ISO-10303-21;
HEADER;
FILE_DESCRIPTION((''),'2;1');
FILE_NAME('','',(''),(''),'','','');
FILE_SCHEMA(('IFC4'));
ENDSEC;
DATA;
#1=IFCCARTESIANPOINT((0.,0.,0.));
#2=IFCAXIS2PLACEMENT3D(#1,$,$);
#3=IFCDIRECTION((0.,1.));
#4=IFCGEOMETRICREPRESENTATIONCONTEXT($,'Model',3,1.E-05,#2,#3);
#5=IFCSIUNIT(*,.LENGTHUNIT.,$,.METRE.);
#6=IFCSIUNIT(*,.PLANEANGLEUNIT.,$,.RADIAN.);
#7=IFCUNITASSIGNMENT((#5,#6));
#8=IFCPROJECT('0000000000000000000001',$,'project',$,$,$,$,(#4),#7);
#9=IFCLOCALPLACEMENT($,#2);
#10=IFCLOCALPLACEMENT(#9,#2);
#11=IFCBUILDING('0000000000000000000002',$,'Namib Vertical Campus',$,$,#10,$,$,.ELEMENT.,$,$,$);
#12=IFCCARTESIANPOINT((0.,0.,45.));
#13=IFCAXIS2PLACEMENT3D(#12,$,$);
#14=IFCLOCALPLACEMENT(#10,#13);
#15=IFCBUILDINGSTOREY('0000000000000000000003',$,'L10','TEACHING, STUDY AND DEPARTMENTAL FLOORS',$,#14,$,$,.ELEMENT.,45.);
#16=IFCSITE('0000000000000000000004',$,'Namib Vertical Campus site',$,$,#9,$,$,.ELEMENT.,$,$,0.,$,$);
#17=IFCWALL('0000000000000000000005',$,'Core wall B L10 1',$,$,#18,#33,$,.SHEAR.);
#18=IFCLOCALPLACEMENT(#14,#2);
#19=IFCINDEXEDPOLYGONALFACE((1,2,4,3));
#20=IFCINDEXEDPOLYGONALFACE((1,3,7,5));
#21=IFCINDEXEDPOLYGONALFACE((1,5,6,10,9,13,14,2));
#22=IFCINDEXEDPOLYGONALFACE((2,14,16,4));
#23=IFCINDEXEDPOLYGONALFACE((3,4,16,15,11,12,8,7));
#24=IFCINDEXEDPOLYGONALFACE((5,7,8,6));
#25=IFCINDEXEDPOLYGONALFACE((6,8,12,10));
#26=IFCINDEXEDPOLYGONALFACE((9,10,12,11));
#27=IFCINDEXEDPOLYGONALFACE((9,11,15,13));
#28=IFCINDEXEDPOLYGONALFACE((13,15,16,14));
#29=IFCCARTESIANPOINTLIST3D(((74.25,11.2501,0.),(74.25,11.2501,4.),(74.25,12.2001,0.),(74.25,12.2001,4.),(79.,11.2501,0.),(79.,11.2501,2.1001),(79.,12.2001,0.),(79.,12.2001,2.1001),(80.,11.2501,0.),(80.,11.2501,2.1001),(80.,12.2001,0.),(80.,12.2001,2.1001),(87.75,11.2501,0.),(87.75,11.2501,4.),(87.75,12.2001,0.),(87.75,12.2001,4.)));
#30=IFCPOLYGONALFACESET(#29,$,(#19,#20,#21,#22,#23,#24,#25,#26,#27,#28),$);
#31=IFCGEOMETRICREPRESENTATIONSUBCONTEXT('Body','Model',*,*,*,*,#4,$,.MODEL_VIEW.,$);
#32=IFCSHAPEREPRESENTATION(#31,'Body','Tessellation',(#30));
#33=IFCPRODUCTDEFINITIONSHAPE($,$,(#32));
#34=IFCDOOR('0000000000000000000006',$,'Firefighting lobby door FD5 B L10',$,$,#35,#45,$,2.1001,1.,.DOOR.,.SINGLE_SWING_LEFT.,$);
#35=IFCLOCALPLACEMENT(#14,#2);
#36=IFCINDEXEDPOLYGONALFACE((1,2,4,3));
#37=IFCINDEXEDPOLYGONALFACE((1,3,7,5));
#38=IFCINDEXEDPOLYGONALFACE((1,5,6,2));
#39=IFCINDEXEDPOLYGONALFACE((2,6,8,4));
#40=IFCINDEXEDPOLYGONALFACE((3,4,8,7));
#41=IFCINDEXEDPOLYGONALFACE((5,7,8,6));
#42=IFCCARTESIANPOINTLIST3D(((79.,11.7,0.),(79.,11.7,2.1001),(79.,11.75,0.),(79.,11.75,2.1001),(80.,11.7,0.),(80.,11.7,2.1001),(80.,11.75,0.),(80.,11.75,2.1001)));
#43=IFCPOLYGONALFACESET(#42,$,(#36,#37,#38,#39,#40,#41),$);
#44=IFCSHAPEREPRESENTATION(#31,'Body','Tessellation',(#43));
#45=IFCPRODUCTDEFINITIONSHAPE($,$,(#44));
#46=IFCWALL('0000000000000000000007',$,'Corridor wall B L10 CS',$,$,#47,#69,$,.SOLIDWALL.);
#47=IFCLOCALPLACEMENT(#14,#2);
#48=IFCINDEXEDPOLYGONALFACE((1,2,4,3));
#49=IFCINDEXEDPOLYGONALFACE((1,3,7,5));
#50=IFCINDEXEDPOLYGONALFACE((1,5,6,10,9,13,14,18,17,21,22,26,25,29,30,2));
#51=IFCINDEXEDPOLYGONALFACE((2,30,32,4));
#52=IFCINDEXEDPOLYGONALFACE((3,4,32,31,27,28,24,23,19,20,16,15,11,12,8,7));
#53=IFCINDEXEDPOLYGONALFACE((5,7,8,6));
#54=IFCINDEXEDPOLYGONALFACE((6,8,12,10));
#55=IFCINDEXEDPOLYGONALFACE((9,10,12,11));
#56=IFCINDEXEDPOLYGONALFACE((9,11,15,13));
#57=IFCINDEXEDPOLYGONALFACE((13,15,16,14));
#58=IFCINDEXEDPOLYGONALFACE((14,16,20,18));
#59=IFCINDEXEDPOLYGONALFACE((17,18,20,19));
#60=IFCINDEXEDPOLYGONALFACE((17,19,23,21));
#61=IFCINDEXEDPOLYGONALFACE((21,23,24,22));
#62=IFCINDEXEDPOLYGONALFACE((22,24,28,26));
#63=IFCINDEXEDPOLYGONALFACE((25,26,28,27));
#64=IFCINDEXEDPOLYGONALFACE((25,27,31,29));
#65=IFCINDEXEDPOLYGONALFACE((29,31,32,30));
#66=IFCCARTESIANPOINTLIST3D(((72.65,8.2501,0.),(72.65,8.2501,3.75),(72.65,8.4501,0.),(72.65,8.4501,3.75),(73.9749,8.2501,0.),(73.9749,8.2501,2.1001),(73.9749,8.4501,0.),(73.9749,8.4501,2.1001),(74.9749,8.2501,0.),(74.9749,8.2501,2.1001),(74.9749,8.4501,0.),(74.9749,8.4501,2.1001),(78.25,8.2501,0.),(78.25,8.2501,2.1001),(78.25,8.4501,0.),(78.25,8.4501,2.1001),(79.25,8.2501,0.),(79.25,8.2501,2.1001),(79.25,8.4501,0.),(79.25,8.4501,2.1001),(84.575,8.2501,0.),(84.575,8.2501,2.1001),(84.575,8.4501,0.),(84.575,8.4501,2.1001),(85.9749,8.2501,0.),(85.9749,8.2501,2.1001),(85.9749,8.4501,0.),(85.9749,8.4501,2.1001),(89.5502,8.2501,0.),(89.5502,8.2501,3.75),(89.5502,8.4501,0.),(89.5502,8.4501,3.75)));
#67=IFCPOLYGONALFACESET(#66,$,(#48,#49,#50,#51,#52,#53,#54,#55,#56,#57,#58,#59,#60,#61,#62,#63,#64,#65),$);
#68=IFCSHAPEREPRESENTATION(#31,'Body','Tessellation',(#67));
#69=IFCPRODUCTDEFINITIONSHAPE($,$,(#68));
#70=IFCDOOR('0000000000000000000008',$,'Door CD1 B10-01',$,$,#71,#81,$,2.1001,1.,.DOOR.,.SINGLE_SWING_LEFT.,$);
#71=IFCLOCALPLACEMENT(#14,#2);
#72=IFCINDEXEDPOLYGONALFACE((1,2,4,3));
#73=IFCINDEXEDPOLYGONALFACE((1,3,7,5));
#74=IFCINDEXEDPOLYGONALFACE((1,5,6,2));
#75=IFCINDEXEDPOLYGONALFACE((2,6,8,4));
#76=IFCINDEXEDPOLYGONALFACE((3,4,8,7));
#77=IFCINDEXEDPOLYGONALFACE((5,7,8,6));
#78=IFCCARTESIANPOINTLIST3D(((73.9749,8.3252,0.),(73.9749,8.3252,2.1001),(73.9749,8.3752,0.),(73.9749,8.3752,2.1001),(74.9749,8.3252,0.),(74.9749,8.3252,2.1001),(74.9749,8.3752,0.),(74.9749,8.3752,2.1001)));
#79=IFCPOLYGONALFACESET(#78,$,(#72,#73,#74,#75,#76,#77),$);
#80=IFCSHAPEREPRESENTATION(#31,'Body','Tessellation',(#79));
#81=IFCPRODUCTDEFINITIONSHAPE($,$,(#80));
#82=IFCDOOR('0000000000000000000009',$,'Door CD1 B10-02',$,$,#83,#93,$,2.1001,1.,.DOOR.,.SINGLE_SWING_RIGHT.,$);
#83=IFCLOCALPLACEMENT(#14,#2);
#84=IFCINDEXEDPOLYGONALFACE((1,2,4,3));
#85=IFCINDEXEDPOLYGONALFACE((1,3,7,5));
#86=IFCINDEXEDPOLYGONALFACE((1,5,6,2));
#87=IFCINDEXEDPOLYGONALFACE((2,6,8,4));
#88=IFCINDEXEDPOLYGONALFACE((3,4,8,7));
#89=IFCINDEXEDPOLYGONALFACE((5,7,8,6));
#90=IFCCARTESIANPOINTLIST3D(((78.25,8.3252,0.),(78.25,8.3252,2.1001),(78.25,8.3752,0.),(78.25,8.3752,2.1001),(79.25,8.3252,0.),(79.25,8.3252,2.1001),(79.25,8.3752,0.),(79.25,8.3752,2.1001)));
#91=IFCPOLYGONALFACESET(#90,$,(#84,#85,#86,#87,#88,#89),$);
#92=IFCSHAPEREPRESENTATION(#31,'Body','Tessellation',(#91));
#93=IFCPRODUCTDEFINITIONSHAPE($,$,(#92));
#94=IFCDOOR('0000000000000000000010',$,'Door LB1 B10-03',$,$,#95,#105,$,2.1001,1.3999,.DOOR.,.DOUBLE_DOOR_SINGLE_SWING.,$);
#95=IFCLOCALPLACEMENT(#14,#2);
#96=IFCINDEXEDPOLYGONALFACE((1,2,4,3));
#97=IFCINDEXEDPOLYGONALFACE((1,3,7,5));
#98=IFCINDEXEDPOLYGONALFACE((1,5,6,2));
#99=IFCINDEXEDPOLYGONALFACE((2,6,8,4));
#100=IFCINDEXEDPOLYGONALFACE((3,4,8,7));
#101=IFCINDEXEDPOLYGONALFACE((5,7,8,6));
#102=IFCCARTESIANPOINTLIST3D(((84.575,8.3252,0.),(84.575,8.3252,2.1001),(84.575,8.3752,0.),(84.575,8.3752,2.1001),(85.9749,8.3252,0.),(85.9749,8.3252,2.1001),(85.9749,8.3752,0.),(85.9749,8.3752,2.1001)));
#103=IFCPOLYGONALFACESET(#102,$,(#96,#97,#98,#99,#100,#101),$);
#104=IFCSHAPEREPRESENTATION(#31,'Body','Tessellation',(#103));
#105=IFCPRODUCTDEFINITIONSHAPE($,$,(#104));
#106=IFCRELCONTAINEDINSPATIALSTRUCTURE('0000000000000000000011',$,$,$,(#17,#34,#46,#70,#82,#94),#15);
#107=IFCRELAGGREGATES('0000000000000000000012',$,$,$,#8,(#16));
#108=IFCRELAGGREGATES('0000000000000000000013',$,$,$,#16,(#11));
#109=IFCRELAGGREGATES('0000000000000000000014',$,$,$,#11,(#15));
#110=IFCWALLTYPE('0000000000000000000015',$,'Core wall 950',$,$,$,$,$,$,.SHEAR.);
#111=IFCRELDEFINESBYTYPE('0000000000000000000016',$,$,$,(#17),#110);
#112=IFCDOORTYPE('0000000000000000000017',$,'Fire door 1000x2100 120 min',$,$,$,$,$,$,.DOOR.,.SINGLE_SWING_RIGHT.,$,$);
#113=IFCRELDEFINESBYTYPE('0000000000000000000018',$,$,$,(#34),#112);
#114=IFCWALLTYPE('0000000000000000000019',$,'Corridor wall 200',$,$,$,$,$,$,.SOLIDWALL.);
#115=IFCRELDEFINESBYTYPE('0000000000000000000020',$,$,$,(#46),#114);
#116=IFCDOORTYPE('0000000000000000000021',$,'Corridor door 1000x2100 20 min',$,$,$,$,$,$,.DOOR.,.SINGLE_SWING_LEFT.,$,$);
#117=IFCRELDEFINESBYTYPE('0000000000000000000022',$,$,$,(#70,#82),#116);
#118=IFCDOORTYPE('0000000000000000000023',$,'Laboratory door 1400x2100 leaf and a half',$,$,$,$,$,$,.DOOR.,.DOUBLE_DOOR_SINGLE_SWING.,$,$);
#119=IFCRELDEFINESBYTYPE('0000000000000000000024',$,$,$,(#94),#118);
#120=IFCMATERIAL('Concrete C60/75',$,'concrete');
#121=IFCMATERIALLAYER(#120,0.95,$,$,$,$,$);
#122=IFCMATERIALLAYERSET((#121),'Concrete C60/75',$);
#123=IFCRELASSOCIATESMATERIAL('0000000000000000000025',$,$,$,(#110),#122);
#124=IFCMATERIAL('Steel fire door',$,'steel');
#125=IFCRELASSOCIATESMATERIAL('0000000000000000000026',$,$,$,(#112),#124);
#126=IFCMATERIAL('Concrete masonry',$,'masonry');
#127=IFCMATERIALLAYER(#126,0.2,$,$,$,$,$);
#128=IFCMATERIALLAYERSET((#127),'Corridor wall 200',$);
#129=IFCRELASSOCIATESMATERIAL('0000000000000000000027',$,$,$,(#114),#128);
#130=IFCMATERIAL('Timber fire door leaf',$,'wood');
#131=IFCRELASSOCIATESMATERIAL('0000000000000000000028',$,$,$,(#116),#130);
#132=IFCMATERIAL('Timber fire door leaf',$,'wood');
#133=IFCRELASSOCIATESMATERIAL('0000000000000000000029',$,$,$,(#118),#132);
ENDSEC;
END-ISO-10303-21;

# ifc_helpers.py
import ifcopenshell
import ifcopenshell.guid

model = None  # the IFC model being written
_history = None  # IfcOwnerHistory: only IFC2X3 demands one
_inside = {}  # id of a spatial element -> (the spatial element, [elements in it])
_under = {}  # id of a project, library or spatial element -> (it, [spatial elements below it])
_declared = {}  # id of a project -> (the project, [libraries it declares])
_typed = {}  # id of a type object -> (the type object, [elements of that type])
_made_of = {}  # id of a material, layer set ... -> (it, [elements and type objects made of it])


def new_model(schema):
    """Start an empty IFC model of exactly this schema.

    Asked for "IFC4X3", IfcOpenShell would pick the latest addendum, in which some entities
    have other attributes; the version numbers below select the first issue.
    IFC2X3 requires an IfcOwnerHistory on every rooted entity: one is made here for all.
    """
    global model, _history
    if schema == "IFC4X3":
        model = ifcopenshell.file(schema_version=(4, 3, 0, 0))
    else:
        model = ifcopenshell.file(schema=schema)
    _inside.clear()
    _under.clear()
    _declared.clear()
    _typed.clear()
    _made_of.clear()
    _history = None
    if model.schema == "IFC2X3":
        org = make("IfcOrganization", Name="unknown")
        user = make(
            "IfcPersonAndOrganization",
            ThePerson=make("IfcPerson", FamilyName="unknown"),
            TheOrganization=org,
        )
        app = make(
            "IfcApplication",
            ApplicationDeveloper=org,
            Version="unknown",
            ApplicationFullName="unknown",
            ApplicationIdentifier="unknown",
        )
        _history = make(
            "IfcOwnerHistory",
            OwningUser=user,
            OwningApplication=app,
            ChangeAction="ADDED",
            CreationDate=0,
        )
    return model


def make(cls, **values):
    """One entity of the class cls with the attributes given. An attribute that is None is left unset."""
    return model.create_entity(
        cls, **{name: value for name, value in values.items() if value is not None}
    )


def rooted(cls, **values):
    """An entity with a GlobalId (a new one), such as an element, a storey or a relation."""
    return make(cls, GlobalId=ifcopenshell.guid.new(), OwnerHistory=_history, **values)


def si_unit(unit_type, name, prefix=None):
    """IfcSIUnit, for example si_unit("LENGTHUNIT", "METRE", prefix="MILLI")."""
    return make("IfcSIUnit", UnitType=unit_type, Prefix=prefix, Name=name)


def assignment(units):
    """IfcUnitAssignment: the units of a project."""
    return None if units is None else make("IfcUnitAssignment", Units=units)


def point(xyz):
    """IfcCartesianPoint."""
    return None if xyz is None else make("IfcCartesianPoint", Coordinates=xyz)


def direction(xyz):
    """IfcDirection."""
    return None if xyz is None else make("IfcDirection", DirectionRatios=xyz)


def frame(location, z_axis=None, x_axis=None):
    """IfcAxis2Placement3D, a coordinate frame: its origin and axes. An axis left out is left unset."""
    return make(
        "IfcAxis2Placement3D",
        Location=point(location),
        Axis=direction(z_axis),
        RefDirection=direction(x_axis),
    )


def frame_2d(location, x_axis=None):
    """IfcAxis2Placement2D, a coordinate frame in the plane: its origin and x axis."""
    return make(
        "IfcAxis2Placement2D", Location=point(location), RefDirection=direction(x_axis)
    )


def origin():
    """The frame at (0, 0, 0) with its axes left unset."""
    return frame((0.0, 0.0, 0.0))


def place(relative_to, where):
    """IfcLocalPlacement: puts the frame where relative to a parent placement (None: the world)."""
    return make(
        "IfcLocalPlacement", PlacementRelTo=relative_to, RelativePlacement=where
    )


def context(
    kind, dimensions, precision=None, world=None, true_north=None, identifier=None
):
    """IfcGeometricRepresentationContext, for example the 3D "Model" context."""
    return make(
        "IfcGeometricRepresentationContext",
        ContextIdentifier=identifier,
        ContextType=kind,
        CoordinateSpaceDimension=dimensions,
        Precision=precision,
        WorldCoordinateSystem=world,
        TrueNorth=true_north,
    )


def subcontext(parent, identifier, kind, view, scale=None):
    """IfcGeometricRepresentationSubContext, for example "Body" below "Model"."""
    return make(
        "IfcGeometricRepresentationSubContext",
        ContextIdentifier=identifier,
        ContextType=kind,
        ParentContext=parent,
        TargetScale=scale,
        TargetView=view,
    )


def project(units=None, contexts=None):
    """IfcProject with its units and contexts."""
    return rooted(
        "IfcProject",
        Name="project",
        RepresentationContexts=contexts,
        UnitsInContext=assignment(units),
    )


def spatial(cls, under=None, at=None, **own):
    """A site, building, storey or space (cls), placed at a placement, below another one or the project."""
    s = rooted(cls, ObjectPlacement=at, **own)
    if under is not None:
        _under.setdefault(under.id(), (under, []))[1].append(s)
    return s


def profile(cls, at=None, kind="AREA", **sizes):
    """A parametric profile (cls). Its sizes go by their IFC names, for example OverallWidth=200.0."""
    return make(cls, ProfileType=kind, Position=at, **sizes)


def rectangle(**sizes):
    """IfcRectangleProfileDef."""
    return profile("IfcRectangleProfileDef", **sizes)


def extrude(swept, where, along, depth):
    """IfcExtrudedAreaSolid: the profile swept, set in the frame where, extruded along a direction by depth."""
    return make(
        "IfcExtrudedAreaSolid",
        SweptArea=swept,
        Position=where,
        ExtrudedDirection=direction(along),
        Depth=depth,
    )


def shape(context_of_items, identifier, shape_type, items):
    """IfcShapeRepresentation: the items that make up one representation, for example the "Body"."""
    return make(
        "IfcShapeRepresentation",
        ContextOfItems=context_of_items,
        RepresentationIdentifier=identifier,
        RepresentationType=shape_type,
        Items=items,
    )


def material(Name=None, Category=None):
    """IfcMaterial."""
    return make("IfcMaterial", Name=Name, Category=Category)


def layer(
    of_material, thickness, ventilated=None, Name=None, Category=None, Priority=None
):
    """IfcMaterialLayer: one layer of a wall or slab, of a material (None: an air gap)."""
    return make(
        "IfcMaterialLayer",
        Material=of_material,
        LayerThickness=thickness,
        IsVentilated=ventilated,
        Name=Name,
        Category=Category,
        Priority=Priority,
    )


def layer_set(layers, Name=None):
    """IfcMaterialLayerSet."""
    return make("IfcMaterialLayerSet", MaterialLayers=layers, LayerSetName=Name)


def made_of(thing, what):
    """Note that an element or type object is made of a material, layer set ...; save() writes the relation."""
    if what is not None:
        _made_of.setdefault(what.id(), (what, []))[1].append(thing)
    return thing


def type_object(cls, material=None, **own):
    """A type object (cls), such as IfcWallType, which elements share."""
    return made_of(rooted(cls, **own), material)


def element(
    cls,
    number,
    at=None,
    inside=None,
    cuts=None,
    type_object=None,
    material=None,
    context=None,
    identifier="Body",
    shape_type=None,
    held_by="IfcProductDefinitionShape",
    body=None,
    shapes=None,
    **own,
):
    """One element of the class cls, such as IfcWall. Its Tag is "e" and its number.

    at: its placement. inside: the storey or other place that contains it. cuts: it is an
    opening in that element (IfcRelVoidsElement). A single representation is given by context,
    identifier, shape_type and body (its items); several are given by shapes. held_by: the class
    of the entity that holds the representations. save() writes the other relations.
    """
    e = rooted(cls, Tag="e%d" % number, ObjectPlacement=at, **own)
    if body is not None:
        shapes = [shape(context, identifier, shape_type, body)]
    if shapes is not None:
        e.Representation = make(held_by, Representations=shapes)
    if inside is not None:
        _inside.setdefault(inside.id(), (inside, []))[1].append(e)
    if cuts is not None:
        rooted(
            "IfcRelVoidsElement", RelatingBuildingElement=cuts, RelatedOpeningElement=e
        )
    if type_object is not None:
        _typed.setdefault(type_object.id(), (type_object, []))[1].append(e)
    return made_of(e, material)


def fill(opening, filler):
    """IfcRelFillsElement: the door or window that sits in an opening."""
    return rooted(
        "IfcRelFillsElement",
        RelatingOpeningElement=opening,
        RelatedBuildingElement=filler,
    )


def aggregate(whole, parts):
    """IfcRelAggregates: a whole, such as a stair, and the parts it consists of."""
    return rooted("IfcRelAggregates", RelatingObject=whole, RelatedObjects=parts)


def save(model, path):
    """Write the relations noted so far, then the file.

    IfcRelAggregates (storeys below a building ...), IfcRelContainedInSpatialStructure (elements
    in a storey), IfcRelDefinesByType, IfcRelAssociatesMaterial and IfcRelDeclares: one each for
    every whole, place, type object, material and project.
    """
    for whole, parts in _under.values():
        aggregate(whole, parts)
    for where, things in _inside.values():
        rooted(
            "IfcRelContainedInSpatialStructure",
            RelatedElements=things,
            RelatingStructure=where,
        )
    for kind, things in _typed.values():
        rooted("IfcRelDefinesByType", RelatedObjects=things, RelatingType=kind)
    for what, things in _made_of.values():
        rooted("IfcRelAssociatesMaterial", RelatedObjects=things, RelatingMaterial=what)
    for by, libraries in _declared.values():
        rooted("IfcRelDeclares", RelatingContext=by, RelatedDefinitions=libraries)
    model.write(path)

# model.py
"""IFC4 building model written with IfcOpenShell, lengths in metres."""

from ifc_helpers import new_model, si_unit, direction, frame, frame_2d, origin, place, context, subcontext, project, spatial, rectangle, extrude, material, layer, layer_set, type_object, element, fill, save


model = new_model("IFC4")

# Units and contexts
model_context = context("Model", 3, precision=1e-05, world=origin(), true_north=direction((0.0, 1.0)))
body_context = subcontext(model_context, "Body", "Model", "MODEL_VIEW")
ifc_project = project(units=[si_unit("LENGTHUNIT", "METRE"), si_unit("PLANEANGLEUNIT", "RADIAN")], contexts=[model_context])

# Site, building, storey
site_placement = place(None, origin())
site = spatial("IfcSite", under=ifc_project, at=site_placement, Name="Namib Vertical Campus site", CompositionType="ELEMENT", RefElevation=0.0)
building_placement = place(site_placement, origin())
building = spatial("IfcBuilding", under=site, at=building_placement, Name="Namib Vertical Campus", CompositionType="ELEMENT")
storey_placement = place(building_placement, frame((0.0, 0.0, 45.0)))
storey = spatial("IfcBuildingStorey", under=building, at=storey_placement, Name="L10", Description="TEACHING, STUDY AND DEPARTMENTAL FLOORS", CompositionType="ELEMENT", Elevation=45.0)

# Wall, opening, door
ifc_material_1 = material(Name="Concrete C60/75", Category="concrete")
ifc_layer_1 = layer(ifc_material_1, 0.95)
ifc_layer_set_1 = layer_set([ifc_layer_1], Name="Concrete C60/75")
wall_type_1 = type_object("IfcWallType", Name="Core wall 950", PredefinedType="SHEAR", material=ifc_layer_set_1)
wall_1_placement = place(storey_placement, frame((74.25, 11.7251, 0.0), z_axis=(0.0, 0.0, 1.0), x_axis=(1.0, 0.0, 0.0)))
wall_1 = element("IfcWall", 1, at=wall_1_placement, inside=storey, type_object=wall_type_1, Name="Core wall B L10 1", PredefinedType="SHEAR", context=body_context, shape_type="SweptSolid", body=[
    extrude(rectangle(XDim=13.5, YDim=0.95, at=frame_2d((6.75, 0.0))), origin(), (0.0, 0.0, 1.0), 4.0),
])
opening_1_placement = place(wall_1_placement, frame((4.75, 0.0, 0.0)))
opening_1 = element("IfcOpeningElement", 2, at=opening_1_placement, cuts=wall_1, PredefinedType="OPENING", context=body_context, shape_type="SweptSolid", body=[
    extrude(rectangle(XDim=1.0, YDim=2.1001, at=frame_2d((0.5, 1.05))), frame((0.0, 0.4849, 0.0), z_axis=(0.0, -1.0, 0.0), x_axis=(1.0, 0.0, 0.0)), (0.0, 0.0, 1.0), 0.97),
])
ifc_material_2 = material(Name="Steel fire door", Category="steel")
door_type_1 = type_object("IfcDoorType", Name="Fire door 1000x2100 120 min", OperationType="SINGLE_SWING_RIGHT", PredefinedType="DOOR", material=ifc_material_2)
door_1_placement = place(opening_1_placement, origin())
door_1 = element("IfcDoor", 3, at=door_1_placement, inside=storey, type_object=door_type_1, Name="Firefighting lobby door FD5 B L10", OperationType="SINGLE_SWING_LEFT", OverallHeight=2.1001, OverallWidth=1.0, PredefinedType="DOOR", context=body_context, shape_type="SweptSolid", body=[
    extrude(rectangle(XDim=1.0, YDim=2.1001, at=frame_2d((0.5, 1.05))), frame((0.0, 0.0249, 0.0), z_axis=(0.0, -1.0, 0.0), x_axis=(1.0, 0.0, 0.0)), (0.0, 0.0, 1.0), 0.05),
])
fill(opening_1, door_1)

# Wall, openings, doors
ifc_material_3 = material(Name="Concrete masonry", Category="masonry")
ifc_layer_2 = layer(ifc_material_3, 0.2)
ifc_layer_set_2 = layer_set([ifc_layer_2], Name="Corridor wall 200")
wall_type_2 = type_object("IfcWallType", Name="Corridor wall 200", PredefinedType="SOLIDWALL", material=ifc_layer_set_2)
wall_2_placement = place(storey_placement, frame((72.6499, 8.3501, 0.0), z_axis=(0.0, 0.0, 1.0), x_axis=(1.0, 0.0, 0.0)))
wall_2 = element("IfcWall", 4, at=wall_2_placement, inside=storey, type_object=wall_type_2, Name="Corridor wall B L10 CS", PredefinedType="SOLIDWALL", context=body_context, shape_type="SweptSolid", body=[
    extrude(rectangle(XDim=16.9001, YDim=0.2, at=frame_2d((8.4502, 0.0))), origin(), (0.0, 0.0, 1.0), 3.75),
])
opening_2_placement = place(wall_2_placement, frame((1.325, 0.0, 0.0)))
opening_2 = element("IfcOpeningElement", 5, at=opening_2_placement, cuts=wall_2, PredefinedType="OPENING", context=body_context, shape_type="SweptSolid", body=[
    extrude(rectangle(XDim=1.0, YDim=2.1001, at=frame_2d((0.5, 1.05))), frame((0.0, 0.1099, 0.0), z_axis=(0.0, -1.0, 0.0), x_axis=(1.0, 0.0, 0.0)), (0.0, 0.0, 1.0), 0.22),
])
opening_3_placement = place(wall_2_placement, frame((5.6001, 0.0, 0.0)))
opening_3 = element("IfcOpeningElement", 6, at=opening_3_placement, cuts=wall_2, PredefinedType="OPENING", context=body_context, shape_type="SweptSolid", body=[
    extrude(rectangle(XDim=1.0, YDim=2.1001, at=frame_2d((0.5, 1.05))), frame((0.0, 0.1099, 0.0), z_axis=(0.0, -1.0, 0.0), x_axis=(1.0, 0.0, 0.0)), (0.0, 0.0, 1.0), 0.22),
])
opening_4_placement = place(wall_2_placement, frame((11.925, 0.0, 0.0)))
opening_4 = element("IfcOpeningElement", 7, at=opening_4_placement, cuts=wall_2, PredefinedType="OPENING", context=body_context, shape_type="SweptSolid", body=[
    extrude(rectangle(XDim=1.3999, YDim=2.1001, at=frame_2d((0.7, 1.05))), frame((0.0, 0.1099, 0.0), z_axis=(0.0, -1.0, 0.0), x_axis=(1.0, 0.0, 0.0)), (0.0, 0.0, 1.0), 0.22),
])
ifc_material_4 = material(Name="Timber fire door leaf", Category="wood")
door_type_2 = type_object("IfcDoorType", Name="Corridor door 1000x2100 20 min", OperationType="SINGLE_SWING_LEFT", PredefinedType="DOOR", material=ifc_material_4)
door_2_placement = place(opening_2_placement, frame((1.0, 0.0, 0.0), z_axis=(0.0, 0.0, 1.0), x_axis=(-1.0, 0.0, 0.0)))
door_2 = element("IfcDoor", 8, at=door_2_placement, inside=storey, type_object=door_type_2, Name="Door CD1 B10-01", OperationType="SINGLE_SWING_LEFT", OverallHeight=2.1001, OverallWidth=1.0, PredefinedType="DOOR", context=body_context, shape_type="SweptSolid", body=[
    extrude(rectangle(XDim=1.0, YDim=2.1001, at=frame_2d((0.5, 1.05))), frame((0.0, 0.0249, 0.0), z_axis=(0.0, -1.0, 0.0), x_axis=(1.0, 0.0, 0.0)), (0.0, 0.0, 1.0), 0.05),
])
fill(opening_2, door_2)
door_3_placement = place(opening_3_placement, frame((1.0, 0.0, 0.0), z_axis=(0.0, 0.0, 1.0), x_axis=(-1.0, 0.0, 0.0)))
door_3 = element("IfcDoor", 9, at=door_3_placement, inside=storey, type_object=door_type_2, Name="Door CD1 B10-02", OperationType="SINGLE_SWING_RIGHT", OverallHeight=2.1001, OverallWidth=1.0, PredefinedType="DOOR", context=body_context, shape_type="SweptSolid", body=[
    extrude(rectangle(XDim=1.0, YDim=2.1001, at=frame_2d((0.5, 1.05))), frame((0.0, 0.0249, 0.0), z_axis=(0.0, -1.0, 0.0), x_axis=(1.0, 0.0, 0.0)), (0.0, 0.0, 1.0), 0.05),
])
fill(opening_3, door_3)
ifc_material_5 = material(Name="Timber fire door leaf", Category="wood")
door_type_3 = type_object("IfcDoorType", Name="Laboratory door 1400x2100 leaf and a half", OperationType="DOUBLE_DOOR_SINGLE_SWING", PredefinedType="DOOR", material=ifc_material_5)
door_4_placement = place(opening_4_placement, frame((1.3999, 0.0, 0.0), z_axis=(0.0, 0.0, 1.0), x_axis=(-1.0, 0.0, 0.0)))
door_4 = element("IfcDoor", 10, at=door_4_placement, inside=storey, type_object=door_type_3, Name="Door LB1 B10-03", OperationType="DOUBLE_DOOR_SINGLE_SWING", OverallHeight=2.1001, OverallWidth=1.3999, PredefinedType="DOOR", context=body_context, shape_type="SweptSolid", body=[
    extrude(rectangle(XDim=1.3999, YDim=2.1001, at=frame_2d((0.7, 1.05))), frame((0.0, 0.0249, 0.0), z_axis=(0.0, -1.0, 0.0), x_axis=(1.0, 0.0, 0.0)), (0.0, 0.0, 1.0), 0.05),
])
fill(opening_4, door_4)

save(model, "model.ifc")
